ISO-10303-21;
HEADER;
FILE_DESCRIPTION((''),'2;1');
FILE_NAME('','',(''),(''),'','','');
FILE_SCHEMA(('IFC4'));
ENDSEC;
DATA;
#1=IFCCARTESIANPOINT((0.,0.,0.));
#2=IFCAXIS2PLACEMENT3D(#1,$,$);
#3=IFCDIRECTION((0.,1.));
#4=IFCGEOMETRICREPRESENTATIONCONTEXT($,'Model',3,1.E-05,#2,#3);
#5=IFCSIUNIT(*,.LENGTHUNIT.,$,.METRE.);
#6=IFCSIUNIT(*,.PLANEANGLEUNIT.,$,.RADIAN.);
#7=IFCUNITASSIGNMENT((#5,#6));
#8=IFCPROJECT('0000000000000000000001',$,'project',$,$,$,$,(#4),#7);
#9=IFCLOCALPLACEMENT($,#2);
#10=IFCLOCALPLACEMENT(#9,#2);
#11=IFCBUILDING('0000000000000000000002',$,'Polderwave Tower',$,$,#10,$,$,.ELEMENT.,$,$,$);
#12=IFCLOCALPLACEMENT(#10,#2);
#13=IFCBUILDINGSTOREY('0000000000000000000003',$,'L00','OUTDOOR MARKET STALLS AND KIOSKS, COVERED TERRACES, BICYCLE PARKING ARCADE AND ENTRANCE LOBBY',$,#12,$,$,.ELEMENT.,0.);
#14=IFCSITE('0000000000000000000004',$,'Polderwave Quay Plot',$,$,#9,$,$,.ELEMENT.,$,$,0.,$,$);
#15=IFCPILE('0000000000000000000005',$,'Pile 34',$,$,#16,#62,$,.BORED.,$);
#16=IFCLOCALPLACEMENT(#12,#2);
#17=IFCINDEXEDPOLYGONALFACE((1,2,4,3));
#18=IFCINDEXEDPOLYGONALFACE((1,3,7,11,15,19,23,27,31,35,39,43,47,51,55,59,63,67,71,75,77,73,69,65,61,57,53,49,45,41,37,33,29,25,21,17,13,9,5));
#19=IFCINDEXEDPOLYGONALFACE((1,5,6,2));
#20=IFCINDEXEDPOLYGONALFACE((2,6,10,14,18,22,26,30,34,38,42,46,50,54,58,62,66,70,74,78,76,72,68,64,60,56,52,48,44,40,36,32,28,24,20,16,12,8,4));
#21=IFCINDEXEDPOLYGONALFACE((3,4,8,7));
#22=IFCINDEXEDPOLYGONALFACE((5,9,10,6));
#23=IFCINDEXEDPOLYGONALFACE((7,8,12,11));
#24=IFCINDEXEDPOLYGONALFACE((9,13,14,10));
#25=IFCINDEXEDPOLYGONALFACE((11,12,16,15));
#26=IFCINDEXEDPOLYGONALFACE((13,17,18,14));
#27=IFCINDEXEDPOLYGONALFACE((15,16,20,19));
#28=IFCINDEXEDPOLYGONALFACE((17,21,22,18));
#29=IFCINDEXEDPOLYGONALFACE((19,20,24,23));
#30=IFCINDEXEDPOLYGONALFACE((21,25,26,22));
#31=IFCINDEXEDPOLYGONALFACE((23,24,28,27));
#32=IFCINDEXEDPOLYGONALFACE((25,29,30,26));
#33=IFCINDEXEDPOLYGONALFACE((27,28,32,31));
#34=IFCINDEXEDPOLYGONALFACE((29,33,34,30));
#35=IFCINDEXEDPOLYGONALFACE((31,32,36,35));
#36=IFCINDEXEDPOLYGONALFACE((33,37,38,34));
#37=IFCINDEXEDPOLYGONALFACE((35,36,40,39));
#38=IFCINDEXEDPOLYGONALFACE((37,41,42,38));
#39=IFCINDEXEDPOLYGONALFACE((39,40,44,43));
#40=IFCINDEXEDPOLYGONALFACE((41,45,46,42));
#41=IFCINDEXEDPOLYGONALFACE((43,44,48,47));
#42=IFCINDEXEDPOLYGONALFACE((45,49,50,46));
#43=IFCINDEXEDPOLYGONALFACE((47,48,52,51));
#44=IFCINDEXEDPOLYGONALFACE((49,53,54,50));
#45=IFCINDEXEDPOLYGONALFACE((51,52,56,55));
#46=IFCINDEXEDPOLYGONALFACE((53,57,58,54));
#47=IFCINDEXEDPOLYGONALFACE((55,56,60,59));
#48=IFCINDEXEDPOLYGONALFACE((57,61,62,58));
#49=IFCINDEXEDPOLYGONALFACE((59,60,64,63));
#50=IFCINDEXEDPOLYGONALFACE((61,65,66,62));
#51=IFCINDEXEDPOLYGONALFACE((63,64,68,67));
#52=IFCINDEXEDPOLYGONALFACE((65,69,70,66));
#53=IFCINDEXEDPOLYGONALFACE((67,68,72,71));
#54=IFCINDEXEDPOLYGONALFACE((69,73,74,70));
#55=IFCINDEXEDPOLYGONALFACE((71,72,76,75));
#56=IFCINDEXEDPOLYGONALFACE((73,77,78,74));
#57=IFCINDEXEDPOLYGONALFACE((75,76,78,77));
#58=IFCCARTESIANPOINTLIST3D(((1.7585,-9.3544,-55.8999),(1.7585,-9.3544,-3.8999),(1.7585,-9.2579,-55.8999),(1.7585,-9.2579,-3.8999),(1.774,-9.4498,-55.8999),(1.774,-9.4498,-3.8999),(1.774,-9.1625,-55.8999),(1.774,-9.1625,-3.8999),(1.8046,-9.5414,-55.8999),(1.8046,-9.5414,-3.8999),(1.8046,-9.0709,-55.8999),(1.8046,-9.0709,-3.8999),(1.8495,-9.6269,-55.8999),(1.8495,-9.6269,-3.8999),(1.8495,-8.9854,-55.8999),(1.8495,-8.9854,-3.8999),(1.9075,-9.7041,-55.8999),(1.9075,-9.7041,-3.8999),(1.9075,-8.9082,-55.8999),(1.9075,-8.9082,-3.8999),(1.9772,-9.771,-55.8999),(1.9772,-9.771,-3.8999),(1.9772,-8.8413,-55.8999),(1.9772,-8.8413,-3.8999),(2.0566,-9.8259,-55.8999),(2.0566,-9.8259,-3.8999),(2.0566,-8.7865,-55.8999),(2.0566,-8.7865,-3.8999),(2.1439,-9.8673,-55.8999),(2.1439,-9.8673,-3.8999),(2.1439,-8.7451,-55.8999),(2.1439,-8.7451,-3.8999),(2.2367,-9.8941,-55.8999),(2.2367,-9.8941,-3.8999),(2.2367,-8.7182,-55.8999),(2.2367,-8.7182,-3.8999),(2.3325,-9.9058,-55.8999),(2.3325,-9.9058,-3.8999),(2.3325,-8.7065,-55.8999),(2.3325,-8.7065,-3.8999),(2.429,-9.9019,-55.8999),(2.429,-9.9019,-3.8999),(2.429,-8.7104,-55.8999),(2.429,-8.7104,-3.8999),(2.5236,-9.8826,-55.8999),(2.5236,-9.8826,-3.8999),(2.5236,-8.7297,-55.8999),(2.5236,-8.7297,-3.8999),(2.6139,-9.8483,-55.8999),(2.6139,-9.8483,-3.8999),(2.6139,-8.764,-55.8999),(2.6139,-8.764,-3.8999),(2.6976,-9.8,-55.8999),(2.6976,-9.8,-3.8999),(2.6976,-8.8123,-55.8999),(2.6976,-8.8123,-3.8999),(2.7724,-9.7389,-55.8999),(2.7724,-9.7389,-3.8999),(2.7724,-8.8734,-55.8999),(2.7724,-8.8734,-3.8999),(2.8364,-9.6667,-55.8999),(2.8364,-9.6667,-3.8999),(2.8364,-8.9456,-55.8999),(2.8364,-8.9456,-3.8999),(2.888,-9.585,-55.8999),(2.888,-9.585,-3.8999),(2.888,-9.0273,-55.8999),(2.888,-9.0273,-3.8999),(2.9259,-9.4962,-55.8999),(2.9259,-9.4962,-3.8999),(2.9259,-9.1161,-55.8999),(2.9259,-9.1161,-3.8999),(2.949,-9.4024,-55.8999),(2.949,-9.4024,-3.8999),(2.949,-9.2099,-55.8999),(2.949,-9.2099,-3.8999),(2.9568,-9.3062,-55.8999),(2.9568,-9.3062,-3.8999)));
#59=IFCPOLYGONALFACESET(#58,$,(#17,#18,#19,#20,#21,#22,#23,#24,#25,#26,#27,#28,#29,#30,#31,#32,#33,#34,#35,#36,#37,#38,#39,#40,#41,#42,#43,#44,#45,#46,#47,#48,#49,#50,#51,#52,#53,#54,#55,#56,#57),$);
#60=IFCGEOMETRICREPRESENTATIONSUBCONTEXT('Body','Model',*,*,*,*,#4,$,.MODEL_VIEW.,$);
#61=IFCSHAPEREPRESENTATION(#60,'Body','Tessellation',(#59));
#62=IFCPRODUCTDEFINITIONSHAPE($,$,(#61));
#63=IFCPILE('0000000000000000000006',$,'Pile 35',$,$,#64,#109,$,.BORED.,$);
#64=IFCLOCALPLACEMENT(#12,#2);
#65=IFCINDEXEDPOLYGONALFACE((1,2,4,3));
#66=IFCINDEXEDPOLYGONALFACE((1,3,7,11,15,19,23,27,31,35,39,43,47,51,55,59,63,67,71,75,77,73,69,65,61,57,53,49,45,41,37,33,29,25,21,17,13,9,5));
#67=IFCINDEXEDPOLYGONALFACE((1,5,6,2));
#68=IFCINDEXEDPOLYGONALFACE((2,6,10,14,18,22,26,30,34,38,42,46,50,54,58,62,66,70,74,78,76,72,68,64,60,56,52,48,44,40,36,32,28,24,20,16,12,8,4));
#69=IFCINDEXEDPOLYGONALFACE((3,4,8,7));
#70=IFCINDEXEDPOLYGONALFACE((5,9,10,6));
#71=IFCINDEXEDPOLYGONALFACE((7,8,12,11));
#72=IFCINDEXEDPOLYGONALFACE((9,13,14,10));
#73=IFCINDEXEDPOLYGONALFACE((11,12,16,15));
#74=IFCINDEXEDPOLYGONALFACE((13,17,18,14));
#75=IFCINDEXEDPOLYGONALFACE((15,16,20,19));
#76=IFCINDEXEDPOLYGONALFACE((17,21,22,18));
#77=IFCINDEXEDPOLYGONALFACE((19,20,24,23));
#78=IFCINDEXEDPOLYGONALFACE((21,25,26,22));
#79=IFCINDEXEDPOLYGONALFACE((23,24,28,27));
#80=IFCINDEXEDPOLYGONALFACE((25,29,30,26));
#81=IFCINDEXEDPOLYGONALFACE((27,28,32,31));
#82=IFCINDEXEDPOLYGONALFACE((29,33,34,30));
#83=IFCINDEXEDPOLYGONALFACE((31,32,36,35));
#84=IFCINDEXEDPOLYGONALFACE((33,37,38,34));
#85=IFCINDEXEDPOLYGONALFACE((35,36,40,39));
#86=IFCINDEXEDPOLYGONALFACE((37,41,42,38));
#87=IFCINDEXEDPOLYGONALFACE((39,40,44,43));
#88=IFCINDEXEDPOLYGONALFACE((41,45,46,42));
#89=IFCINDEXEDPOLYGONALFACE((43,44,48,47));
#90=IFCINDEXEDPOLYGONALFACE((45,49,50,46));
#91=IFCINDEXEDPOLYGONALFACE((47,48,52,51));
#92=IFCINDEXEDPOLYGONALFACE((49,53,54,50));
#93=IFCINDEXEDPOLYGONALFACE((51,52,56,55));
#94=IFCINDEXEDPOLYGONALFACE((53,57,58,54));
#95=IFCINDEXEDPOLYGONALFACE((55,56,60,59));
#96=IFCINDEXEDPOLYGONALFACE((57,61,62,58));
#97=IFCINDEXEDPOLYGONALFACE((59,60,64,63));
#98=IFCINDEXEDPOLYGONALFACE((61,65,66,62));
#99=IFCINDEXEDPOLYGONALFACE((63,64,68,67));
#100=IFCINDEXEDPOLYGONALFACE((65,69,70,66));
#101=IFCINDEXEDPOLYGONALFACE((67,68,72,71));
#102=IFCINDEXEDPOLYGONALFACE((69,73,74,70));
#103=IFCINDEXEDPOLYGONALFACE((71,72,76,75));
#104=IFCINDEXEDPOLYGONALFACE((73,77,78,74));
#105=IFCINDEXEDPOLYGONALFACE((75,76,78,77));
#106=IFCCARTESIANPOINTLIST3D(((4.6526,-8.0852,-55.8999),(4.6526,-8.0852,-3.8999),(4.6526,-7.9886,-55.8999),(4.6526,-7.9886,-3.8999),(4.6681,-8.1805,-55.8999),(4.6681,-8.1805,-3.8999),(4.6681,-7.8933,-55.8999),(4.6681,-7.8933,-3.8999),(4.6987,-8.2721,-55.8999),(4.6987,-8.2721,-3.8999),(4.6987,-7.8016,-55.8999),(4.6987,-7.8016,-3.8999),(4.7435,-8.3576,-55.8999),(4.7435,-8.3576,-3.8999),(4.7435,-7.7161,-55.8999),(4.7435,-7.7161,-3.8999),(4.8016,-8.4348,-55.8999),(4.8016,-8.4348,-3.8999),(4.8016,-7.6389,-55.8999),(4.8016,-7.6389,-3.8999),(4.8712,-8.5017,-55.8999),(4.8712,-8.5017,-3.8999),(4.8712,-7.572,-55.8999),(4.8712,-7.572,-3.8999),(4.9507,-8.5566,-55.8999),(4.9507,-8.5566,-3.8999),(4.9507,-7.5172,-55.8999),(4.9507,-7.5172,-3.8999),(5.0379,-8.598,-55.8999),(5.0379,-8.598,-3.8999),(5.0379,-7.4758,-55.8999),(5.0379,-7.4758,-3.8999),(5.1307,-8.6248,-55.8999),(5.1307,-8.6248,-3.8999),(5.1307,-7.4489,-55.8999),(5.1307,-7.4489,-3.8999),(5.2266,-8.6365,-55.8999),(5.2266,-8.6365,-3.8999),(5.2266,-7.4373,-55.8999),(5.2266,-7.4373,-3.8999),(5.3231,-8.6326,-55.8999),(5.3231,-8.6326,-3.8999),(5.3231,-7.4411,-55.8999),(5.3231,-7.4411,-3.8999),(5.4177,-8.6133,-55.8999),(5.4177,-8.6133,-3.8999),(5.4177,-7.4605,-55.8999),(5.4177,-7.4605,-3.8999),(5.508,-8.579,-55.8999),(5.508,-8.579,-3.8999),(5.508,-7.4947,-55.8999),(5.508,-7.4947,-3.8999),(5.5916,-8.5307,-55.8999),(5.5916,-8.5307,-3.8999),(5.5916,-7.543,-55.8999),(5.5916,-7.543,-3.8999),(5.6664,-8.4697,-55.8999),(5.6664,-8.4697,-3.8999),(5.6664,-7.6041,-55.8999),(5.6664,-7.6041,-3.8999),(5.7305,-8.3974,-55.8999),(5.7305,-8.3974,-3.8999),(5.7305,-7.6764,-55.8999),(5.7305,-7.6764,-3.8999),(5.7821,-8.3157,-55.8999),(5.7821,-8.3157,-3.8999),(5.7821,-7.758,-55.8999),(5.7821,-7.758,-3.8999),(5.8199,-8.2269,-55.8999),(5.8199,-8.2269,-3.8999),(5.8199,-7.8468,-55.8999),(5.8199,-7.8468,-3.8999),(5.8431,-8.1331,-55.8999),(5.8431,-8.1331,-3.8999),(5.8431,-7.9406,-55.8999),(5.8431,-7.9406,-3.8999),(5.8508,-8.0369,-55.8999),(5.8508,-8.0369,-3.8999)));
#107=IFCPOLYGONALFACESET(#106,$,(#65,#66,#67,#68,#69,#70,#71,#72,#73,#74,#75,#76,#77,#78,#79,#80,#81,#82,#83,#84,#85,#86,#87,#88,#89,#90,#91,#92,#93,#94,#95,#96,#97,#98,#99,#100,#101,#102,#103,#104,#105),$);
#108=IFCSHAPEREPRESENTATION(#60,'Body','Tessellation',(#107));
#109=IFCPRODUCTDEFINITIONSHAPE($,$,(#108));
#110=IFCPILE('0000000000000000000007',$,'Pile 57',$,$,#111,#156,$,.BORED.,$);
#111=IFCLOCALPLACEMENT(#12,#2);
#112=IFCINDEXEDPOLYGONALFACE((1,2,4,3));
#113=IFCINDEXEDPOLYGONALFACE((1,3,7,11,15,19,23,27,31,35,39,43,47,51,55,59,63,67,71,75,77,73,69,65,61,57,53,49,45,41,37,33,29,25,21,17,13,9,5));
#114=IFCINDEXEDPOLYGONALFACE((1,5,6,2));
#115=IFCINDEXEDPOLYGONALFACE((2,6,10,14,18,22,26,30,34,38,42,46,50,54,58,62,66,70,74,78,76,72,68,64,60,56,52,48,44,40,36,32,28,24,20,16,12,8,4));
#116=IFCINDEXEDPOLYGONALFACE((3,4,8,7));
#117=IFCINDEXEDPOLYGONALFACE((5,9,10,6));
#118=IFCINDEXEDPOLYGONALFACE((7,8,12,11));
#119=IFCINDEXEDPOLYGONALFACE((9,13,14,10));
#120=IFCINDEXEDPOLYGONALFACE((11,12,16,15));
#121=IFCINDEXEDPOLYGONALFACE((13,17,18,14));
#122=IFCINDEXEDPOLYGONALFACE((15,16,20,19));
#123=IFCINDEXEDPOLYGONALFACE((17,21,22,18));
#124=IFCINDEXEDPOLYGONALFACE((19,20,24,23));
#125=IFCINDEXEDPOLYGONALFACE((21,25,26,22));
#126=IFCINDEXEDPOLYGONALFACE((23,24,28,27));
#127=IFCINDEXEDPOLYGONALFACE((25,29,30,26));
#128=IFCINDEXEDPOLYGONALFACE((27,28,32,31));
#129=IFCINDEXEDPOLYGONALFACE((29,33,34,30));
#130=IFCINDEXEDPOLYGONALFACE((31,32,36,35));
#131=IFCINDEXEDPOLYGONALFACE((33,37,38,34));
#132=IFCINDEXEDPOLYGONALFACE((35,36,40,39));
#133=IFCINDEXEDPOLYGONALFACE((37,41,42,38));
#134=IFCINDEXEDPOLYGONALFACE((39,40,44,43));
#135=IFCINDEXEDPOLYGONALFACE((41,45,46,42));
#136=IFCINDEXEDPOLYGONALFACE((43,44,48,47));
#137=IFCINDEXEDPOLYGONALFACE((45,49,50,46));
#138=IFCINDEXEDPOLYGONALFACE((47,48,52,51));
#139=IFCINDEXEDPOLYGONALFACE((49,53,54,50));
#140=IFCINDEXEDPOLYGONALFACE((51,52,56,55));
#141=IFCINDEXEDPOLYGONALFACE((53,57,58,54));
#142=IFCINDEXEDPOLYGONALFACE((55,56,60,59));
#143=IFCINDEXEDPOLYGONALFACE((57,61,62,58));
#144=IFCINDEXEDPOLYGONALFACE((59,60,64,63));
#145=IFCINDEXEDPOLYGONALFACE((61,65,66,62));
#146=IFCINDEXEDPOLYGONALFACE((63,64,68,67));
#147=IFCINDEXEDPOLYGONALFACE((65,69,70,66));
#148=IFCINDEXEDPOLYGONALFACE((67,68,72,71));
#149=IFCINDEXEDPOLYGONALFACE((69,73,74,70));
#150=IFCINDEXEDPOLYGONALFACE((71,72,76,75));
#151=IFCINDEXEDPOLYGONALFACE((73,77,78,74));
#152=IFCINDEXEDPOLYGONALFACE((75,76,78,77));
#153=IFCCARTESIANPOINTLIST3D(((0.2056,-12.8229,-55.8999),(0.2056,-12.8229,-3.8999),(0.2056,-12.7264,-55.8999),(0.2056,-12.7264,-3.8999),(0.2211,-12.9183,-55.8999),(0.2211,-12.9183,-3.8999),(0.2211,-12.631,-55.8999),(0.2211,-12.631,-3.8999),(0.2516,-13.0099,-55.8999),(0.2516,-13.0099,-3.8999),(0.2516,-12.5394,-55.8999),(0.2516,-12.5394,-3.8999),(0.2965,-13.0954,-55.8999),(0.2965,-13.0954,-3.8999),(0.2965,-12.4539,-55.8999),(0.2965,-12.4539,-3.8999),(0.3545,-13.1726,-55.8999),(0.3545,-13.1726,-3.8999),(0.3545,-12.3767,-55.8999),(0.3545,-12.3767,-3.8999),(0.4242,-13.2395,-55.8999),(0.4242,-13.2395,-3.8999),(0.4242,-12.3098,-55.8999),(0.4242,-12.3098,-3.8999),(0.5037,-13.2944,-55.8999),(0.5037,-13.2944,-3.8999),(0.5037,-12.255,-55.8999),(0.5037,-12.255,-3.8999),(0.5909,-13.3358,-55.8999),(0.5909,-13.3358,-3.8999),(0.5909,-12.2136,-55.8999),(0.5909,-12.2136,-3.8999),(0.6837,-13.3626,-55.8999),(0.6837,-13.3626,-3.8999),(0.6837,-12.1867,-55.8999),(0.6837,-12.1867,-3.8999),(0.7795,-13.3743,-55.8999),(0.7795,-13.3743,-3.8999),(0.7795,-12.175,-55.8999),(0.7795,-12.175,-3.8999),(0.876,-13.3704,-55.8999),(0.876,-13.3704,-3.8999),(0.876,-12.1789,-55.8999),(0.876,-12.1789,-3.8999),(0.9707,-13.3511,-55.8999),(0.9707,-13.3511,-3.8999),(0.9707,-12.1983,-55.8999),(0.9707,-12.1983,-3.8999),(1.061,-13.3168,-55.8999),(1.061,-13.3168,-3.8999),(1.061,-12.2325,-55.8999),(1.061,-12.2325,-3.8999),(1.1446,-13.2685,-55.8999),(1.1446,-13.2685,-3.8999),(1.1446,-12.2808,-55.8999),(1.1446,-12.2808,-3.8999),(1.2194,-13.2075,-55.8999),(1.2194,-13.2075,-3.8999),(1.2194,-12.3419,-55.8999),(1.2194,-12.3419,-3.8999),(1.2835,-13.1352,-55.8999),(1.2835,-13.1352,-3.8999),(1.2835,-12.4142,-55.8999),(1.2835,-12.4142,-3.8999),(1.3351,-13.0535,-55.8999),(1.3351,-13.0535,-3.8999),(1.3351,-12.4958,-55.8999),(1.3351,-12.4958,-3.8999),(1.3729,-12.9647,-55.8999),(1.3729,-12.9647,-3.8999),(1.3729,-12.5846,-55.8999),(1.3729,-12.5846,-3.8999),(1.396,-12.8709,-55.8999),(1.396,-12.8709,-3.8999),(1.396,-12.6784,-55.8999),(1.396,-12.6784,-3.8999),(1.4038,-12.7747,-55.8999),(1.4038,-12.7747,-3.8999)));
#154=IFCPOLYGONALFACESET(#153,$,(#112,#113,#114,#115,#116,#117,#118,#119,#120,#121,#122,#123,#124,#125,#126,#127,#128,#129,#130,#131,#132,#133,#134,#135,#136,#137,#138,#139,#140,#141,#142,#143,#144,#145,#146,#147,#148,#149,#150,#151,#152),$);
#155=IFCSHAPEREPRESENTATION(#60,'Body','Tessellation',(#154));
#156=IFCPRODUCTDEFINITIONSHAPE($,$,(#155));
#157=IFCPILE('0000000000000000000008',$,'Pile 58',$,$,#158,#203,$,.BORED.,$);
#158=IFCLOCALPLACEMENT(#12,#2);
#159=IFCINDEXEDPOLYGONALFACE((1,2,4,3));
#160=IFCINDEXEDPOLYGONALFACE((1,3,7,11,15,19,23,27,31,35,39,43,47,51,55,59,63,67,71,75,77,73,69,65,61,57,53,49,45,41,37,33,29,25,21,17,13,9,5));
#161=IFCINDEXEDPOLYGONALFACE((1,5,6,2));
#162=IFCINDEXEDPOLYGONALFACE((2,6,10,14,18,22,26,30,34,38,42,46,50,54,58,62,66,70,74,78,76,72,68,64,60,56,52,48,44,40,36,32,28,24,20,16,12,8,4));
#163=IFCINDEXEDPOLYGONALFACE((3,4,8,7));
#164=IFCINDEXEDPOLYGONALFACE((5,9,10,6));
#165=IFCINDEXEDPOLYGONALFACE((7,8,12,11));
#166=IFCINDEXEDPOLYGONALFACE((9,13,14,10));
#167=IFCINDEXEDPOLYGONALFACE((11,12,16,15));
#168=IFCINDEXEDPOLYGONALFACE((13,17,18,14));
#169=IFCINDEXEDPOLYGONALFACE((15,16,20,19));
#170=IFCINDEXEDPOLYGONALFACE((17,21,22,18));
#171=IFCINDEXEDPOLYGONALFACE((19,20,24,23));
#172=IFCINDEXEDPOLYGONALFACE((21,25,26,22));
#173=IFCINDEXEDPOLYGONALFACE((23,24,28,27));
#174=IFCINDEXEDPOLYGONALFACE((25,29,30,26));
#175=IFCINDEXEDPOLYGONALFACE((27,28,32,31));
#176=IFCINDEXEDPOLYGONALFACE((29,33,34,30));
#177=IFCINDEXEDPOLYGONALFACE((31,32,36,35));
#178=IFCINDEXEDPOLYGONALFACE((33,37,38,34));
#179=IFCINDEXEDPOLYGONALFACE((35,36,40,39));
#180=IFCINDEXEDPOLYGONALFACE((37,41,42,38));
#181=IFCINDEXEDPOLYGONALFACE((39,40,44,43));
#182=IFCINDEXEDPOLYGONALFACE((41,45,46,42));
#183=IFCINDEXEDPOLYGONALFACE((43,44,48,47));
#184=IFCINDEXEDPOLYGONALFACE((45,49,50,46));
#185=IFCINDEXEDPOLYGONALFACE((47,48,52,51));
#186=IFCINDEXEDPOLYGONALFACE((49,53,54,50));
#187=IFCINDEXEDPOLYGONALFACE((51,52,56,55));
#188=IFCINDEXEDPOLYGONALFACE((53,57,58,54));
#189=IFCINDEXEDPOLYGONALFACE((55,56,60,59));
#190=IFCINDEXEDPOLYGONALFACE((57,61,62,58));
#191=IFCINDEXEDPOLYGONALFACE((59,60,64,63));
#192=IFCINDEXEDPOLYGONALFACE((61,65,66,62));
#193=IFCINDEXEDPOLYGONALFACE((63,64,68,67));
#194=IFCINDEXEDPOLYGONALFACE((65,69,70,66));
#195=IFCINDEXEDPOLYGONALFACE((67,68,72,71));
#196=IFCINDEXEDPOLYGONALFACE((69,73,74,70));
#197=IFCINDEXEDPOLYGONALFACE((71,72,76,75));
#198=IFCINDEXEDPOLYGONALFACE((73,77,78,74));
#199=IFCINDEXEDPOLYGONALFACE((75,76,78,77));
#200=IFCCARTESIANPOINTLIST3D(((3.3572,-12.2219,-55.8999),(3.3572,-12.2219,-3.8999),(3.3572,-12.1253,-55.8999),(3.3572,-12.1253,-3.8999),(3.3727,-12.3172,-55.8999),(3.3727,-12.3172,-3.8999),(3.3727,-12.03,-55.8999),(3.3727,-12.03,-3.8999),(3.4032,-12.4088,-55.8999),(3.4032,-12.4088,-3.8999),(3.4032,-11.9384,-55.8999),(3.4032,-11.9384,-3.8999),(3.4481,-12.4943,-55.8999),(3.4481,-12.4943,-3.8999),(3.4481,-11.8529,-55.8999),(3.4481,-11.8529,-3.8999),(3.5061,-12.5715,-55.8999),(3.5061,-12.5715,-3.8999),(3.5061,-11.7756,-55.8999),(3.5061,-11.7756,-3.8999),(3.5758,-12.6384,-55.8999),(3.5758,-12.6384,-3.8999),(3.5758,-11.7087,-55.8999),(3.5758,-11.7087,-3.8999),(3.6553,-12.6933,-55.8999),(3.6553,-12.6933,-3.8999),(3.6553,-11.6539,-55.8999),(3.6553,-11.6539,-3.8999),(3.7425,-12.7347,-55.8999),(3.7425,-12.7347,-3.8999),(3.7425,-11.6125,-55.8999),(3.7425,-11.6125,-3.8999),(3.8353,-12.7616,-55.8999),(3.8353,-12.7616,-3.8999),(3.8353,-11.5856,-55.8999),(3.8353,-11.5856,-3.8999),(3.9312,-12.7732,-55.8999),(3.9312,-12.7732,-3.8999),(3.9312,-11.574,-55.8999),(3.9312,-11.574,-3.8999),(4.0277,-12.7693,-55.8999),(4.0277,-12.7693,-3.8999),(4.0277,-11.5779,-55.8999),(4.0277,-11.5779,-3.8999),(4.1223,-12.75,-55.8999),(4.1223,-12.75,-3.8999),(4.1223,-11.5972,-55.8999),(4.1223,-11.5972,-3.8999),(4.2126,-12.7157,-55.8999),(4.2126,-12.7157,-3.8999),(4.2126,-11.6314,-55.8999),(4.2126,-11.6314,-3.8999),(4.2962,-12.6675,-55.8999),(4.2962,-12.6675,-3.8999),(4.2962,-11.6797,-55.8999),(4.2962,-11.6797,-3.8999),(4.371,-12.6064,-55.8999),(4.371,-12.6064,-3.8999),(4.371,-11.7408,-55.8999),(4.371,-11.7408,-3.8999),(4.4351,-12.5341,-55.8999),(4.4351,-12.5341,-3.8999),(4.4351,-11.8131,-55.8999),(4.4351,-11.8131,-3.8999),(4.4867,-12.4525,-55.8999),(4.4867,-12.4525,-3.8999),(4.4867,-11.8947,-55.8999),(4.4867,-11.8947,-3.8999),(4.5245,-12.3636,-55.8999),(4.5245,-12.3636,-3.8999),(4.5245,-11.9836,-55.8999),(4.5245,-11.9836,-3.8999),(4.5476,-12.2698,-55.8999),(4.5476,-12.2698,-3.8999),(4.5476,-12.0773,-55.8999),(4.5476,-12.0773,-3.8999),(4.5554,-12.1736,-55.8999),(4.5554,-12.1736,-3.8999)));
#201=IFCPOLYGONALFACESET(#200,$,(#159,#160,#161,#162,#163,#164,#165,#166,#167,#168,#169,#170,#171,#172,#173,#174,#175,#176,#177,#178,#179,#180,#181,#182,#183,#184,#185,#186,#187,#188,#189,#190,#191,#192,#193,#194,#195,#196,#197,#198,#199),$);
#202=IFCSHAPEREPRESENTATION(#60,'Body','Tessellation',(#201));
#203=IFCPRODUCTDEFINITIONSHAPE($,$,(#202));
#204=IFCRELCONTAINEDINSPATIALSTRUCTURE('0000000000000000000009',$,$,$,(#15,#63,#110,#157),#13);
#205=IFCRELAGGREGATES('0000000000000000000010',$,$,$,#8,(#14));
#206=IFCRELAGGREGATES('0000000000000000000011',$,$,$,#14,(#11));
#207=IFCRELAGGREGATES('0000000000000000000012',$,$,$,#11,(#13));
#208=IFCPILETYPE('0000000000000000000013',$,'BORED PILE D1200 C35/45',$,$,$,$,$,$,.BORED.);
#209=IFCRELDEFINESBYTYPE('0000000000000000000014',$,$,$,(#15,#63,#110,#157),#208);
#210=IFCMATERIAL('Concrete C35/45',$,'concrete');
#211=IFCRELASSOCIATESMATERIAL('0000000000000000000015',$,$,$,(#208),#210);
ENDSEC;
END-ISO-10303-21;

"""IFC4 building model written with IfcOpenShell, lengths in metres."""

from ifc_helpers import new_model, si_unit, direction, frame, origin, origin_2d, place, context, subcontext, project, spatial, circle, extrude, material, material_profile, profile_set, type_object, element, save


model = new_model("IFC4")

# Units and contexts
model_context = context("Model", 3, precision=1e-05, world=origin(), true_north=direction((0.0, 1.0)))
body_context = subcontext(model_context, "Body", "Model", "MODEL_VIEW")
ifc_project = project(units=[si_unit("LENGTHUNIT", "METRE"), si_unit("PLANEANGLEUNIT", "RADIAN")], contexts=[model_context])

# Site, building, storey
site_placement = place(None, origin())
site = spatial("IfcSite", under=ifc_project, at=site_placement, Name="Polderwave Quay Plot", CompositionType="ELEMENT", RefElevation=0.0)
building_placement = place(site_placement, origin())
building = spatial("IfcBuilding", under=site, at=building_placement, Name="Polderwave Tower", CompositionType="ELEMENT")
storey_placement = place(building_placement, origin())
storey = spatial("IfcBuildingStorey", under=building, at=storey_placement, Name="L00", Description="OUTDOOR MARKET STALLS AND KIOSKS, COVERED TERRACES, BICYCLE PARKING ARCADE AND ENTRANCE LOBBY", CompositionType="ELEMENT", Elevation=0.0)

# Piles
ifc_material_1 = material(Name="Concrete C35/45", Category="concrete")
ifc_material_profile_1 = material_profile(ifc_material_1, circle(Radius=0.6001, at=origin_2d()), Name="BORED D1200")
ifc_profile_set_1 = profile_set([ifc_material_profile_1], Name="Concrete C35/45")
pile_type = type_object("IfcPileType", Name="BORED PILE D1200 C35/45", PredefinedType="BORED", material=ifc_profile_set_1)
for number, where, z_axis, x_axis, name in (
    (1, (2.3567, -9.3062, -3.8999), (0.0, 0.0, -1.0), (1.0, 0.0, 0.0), "Pile 34"),
    (2, (5.2507, -8.0369, -3.8999), (0.0, 0.0, -1.0), (1.0, 0.0, 0.0), "Pile 35"),
    (3, (0.8037, -12.7747, -3.8999), (0.0, 0.0, -1.0), (1.0, 0.0, 0.0), "Pile 57"),
    (4, (3.9553, -12.1736, -3.8999), (0.0, 0.0, -1.0), (1.0, 0.0, 0.0), "Pile 58"),
):
    element("IfcPile", number, at=place(storey_placement, frame(where, z_axis=z_axis, x_axis=x_axis)), inside=storey, type_object=pile_type, Name=name, PredefinedType="BORED", context=body_context, shape_type="SweptSolid", body=[
        extrude(circle(Radius=0.6001, at=origin_2d()), origin(), (0.0, 0.0, 1.0), 52.0),
    ])

save(model, "model.ifc")
